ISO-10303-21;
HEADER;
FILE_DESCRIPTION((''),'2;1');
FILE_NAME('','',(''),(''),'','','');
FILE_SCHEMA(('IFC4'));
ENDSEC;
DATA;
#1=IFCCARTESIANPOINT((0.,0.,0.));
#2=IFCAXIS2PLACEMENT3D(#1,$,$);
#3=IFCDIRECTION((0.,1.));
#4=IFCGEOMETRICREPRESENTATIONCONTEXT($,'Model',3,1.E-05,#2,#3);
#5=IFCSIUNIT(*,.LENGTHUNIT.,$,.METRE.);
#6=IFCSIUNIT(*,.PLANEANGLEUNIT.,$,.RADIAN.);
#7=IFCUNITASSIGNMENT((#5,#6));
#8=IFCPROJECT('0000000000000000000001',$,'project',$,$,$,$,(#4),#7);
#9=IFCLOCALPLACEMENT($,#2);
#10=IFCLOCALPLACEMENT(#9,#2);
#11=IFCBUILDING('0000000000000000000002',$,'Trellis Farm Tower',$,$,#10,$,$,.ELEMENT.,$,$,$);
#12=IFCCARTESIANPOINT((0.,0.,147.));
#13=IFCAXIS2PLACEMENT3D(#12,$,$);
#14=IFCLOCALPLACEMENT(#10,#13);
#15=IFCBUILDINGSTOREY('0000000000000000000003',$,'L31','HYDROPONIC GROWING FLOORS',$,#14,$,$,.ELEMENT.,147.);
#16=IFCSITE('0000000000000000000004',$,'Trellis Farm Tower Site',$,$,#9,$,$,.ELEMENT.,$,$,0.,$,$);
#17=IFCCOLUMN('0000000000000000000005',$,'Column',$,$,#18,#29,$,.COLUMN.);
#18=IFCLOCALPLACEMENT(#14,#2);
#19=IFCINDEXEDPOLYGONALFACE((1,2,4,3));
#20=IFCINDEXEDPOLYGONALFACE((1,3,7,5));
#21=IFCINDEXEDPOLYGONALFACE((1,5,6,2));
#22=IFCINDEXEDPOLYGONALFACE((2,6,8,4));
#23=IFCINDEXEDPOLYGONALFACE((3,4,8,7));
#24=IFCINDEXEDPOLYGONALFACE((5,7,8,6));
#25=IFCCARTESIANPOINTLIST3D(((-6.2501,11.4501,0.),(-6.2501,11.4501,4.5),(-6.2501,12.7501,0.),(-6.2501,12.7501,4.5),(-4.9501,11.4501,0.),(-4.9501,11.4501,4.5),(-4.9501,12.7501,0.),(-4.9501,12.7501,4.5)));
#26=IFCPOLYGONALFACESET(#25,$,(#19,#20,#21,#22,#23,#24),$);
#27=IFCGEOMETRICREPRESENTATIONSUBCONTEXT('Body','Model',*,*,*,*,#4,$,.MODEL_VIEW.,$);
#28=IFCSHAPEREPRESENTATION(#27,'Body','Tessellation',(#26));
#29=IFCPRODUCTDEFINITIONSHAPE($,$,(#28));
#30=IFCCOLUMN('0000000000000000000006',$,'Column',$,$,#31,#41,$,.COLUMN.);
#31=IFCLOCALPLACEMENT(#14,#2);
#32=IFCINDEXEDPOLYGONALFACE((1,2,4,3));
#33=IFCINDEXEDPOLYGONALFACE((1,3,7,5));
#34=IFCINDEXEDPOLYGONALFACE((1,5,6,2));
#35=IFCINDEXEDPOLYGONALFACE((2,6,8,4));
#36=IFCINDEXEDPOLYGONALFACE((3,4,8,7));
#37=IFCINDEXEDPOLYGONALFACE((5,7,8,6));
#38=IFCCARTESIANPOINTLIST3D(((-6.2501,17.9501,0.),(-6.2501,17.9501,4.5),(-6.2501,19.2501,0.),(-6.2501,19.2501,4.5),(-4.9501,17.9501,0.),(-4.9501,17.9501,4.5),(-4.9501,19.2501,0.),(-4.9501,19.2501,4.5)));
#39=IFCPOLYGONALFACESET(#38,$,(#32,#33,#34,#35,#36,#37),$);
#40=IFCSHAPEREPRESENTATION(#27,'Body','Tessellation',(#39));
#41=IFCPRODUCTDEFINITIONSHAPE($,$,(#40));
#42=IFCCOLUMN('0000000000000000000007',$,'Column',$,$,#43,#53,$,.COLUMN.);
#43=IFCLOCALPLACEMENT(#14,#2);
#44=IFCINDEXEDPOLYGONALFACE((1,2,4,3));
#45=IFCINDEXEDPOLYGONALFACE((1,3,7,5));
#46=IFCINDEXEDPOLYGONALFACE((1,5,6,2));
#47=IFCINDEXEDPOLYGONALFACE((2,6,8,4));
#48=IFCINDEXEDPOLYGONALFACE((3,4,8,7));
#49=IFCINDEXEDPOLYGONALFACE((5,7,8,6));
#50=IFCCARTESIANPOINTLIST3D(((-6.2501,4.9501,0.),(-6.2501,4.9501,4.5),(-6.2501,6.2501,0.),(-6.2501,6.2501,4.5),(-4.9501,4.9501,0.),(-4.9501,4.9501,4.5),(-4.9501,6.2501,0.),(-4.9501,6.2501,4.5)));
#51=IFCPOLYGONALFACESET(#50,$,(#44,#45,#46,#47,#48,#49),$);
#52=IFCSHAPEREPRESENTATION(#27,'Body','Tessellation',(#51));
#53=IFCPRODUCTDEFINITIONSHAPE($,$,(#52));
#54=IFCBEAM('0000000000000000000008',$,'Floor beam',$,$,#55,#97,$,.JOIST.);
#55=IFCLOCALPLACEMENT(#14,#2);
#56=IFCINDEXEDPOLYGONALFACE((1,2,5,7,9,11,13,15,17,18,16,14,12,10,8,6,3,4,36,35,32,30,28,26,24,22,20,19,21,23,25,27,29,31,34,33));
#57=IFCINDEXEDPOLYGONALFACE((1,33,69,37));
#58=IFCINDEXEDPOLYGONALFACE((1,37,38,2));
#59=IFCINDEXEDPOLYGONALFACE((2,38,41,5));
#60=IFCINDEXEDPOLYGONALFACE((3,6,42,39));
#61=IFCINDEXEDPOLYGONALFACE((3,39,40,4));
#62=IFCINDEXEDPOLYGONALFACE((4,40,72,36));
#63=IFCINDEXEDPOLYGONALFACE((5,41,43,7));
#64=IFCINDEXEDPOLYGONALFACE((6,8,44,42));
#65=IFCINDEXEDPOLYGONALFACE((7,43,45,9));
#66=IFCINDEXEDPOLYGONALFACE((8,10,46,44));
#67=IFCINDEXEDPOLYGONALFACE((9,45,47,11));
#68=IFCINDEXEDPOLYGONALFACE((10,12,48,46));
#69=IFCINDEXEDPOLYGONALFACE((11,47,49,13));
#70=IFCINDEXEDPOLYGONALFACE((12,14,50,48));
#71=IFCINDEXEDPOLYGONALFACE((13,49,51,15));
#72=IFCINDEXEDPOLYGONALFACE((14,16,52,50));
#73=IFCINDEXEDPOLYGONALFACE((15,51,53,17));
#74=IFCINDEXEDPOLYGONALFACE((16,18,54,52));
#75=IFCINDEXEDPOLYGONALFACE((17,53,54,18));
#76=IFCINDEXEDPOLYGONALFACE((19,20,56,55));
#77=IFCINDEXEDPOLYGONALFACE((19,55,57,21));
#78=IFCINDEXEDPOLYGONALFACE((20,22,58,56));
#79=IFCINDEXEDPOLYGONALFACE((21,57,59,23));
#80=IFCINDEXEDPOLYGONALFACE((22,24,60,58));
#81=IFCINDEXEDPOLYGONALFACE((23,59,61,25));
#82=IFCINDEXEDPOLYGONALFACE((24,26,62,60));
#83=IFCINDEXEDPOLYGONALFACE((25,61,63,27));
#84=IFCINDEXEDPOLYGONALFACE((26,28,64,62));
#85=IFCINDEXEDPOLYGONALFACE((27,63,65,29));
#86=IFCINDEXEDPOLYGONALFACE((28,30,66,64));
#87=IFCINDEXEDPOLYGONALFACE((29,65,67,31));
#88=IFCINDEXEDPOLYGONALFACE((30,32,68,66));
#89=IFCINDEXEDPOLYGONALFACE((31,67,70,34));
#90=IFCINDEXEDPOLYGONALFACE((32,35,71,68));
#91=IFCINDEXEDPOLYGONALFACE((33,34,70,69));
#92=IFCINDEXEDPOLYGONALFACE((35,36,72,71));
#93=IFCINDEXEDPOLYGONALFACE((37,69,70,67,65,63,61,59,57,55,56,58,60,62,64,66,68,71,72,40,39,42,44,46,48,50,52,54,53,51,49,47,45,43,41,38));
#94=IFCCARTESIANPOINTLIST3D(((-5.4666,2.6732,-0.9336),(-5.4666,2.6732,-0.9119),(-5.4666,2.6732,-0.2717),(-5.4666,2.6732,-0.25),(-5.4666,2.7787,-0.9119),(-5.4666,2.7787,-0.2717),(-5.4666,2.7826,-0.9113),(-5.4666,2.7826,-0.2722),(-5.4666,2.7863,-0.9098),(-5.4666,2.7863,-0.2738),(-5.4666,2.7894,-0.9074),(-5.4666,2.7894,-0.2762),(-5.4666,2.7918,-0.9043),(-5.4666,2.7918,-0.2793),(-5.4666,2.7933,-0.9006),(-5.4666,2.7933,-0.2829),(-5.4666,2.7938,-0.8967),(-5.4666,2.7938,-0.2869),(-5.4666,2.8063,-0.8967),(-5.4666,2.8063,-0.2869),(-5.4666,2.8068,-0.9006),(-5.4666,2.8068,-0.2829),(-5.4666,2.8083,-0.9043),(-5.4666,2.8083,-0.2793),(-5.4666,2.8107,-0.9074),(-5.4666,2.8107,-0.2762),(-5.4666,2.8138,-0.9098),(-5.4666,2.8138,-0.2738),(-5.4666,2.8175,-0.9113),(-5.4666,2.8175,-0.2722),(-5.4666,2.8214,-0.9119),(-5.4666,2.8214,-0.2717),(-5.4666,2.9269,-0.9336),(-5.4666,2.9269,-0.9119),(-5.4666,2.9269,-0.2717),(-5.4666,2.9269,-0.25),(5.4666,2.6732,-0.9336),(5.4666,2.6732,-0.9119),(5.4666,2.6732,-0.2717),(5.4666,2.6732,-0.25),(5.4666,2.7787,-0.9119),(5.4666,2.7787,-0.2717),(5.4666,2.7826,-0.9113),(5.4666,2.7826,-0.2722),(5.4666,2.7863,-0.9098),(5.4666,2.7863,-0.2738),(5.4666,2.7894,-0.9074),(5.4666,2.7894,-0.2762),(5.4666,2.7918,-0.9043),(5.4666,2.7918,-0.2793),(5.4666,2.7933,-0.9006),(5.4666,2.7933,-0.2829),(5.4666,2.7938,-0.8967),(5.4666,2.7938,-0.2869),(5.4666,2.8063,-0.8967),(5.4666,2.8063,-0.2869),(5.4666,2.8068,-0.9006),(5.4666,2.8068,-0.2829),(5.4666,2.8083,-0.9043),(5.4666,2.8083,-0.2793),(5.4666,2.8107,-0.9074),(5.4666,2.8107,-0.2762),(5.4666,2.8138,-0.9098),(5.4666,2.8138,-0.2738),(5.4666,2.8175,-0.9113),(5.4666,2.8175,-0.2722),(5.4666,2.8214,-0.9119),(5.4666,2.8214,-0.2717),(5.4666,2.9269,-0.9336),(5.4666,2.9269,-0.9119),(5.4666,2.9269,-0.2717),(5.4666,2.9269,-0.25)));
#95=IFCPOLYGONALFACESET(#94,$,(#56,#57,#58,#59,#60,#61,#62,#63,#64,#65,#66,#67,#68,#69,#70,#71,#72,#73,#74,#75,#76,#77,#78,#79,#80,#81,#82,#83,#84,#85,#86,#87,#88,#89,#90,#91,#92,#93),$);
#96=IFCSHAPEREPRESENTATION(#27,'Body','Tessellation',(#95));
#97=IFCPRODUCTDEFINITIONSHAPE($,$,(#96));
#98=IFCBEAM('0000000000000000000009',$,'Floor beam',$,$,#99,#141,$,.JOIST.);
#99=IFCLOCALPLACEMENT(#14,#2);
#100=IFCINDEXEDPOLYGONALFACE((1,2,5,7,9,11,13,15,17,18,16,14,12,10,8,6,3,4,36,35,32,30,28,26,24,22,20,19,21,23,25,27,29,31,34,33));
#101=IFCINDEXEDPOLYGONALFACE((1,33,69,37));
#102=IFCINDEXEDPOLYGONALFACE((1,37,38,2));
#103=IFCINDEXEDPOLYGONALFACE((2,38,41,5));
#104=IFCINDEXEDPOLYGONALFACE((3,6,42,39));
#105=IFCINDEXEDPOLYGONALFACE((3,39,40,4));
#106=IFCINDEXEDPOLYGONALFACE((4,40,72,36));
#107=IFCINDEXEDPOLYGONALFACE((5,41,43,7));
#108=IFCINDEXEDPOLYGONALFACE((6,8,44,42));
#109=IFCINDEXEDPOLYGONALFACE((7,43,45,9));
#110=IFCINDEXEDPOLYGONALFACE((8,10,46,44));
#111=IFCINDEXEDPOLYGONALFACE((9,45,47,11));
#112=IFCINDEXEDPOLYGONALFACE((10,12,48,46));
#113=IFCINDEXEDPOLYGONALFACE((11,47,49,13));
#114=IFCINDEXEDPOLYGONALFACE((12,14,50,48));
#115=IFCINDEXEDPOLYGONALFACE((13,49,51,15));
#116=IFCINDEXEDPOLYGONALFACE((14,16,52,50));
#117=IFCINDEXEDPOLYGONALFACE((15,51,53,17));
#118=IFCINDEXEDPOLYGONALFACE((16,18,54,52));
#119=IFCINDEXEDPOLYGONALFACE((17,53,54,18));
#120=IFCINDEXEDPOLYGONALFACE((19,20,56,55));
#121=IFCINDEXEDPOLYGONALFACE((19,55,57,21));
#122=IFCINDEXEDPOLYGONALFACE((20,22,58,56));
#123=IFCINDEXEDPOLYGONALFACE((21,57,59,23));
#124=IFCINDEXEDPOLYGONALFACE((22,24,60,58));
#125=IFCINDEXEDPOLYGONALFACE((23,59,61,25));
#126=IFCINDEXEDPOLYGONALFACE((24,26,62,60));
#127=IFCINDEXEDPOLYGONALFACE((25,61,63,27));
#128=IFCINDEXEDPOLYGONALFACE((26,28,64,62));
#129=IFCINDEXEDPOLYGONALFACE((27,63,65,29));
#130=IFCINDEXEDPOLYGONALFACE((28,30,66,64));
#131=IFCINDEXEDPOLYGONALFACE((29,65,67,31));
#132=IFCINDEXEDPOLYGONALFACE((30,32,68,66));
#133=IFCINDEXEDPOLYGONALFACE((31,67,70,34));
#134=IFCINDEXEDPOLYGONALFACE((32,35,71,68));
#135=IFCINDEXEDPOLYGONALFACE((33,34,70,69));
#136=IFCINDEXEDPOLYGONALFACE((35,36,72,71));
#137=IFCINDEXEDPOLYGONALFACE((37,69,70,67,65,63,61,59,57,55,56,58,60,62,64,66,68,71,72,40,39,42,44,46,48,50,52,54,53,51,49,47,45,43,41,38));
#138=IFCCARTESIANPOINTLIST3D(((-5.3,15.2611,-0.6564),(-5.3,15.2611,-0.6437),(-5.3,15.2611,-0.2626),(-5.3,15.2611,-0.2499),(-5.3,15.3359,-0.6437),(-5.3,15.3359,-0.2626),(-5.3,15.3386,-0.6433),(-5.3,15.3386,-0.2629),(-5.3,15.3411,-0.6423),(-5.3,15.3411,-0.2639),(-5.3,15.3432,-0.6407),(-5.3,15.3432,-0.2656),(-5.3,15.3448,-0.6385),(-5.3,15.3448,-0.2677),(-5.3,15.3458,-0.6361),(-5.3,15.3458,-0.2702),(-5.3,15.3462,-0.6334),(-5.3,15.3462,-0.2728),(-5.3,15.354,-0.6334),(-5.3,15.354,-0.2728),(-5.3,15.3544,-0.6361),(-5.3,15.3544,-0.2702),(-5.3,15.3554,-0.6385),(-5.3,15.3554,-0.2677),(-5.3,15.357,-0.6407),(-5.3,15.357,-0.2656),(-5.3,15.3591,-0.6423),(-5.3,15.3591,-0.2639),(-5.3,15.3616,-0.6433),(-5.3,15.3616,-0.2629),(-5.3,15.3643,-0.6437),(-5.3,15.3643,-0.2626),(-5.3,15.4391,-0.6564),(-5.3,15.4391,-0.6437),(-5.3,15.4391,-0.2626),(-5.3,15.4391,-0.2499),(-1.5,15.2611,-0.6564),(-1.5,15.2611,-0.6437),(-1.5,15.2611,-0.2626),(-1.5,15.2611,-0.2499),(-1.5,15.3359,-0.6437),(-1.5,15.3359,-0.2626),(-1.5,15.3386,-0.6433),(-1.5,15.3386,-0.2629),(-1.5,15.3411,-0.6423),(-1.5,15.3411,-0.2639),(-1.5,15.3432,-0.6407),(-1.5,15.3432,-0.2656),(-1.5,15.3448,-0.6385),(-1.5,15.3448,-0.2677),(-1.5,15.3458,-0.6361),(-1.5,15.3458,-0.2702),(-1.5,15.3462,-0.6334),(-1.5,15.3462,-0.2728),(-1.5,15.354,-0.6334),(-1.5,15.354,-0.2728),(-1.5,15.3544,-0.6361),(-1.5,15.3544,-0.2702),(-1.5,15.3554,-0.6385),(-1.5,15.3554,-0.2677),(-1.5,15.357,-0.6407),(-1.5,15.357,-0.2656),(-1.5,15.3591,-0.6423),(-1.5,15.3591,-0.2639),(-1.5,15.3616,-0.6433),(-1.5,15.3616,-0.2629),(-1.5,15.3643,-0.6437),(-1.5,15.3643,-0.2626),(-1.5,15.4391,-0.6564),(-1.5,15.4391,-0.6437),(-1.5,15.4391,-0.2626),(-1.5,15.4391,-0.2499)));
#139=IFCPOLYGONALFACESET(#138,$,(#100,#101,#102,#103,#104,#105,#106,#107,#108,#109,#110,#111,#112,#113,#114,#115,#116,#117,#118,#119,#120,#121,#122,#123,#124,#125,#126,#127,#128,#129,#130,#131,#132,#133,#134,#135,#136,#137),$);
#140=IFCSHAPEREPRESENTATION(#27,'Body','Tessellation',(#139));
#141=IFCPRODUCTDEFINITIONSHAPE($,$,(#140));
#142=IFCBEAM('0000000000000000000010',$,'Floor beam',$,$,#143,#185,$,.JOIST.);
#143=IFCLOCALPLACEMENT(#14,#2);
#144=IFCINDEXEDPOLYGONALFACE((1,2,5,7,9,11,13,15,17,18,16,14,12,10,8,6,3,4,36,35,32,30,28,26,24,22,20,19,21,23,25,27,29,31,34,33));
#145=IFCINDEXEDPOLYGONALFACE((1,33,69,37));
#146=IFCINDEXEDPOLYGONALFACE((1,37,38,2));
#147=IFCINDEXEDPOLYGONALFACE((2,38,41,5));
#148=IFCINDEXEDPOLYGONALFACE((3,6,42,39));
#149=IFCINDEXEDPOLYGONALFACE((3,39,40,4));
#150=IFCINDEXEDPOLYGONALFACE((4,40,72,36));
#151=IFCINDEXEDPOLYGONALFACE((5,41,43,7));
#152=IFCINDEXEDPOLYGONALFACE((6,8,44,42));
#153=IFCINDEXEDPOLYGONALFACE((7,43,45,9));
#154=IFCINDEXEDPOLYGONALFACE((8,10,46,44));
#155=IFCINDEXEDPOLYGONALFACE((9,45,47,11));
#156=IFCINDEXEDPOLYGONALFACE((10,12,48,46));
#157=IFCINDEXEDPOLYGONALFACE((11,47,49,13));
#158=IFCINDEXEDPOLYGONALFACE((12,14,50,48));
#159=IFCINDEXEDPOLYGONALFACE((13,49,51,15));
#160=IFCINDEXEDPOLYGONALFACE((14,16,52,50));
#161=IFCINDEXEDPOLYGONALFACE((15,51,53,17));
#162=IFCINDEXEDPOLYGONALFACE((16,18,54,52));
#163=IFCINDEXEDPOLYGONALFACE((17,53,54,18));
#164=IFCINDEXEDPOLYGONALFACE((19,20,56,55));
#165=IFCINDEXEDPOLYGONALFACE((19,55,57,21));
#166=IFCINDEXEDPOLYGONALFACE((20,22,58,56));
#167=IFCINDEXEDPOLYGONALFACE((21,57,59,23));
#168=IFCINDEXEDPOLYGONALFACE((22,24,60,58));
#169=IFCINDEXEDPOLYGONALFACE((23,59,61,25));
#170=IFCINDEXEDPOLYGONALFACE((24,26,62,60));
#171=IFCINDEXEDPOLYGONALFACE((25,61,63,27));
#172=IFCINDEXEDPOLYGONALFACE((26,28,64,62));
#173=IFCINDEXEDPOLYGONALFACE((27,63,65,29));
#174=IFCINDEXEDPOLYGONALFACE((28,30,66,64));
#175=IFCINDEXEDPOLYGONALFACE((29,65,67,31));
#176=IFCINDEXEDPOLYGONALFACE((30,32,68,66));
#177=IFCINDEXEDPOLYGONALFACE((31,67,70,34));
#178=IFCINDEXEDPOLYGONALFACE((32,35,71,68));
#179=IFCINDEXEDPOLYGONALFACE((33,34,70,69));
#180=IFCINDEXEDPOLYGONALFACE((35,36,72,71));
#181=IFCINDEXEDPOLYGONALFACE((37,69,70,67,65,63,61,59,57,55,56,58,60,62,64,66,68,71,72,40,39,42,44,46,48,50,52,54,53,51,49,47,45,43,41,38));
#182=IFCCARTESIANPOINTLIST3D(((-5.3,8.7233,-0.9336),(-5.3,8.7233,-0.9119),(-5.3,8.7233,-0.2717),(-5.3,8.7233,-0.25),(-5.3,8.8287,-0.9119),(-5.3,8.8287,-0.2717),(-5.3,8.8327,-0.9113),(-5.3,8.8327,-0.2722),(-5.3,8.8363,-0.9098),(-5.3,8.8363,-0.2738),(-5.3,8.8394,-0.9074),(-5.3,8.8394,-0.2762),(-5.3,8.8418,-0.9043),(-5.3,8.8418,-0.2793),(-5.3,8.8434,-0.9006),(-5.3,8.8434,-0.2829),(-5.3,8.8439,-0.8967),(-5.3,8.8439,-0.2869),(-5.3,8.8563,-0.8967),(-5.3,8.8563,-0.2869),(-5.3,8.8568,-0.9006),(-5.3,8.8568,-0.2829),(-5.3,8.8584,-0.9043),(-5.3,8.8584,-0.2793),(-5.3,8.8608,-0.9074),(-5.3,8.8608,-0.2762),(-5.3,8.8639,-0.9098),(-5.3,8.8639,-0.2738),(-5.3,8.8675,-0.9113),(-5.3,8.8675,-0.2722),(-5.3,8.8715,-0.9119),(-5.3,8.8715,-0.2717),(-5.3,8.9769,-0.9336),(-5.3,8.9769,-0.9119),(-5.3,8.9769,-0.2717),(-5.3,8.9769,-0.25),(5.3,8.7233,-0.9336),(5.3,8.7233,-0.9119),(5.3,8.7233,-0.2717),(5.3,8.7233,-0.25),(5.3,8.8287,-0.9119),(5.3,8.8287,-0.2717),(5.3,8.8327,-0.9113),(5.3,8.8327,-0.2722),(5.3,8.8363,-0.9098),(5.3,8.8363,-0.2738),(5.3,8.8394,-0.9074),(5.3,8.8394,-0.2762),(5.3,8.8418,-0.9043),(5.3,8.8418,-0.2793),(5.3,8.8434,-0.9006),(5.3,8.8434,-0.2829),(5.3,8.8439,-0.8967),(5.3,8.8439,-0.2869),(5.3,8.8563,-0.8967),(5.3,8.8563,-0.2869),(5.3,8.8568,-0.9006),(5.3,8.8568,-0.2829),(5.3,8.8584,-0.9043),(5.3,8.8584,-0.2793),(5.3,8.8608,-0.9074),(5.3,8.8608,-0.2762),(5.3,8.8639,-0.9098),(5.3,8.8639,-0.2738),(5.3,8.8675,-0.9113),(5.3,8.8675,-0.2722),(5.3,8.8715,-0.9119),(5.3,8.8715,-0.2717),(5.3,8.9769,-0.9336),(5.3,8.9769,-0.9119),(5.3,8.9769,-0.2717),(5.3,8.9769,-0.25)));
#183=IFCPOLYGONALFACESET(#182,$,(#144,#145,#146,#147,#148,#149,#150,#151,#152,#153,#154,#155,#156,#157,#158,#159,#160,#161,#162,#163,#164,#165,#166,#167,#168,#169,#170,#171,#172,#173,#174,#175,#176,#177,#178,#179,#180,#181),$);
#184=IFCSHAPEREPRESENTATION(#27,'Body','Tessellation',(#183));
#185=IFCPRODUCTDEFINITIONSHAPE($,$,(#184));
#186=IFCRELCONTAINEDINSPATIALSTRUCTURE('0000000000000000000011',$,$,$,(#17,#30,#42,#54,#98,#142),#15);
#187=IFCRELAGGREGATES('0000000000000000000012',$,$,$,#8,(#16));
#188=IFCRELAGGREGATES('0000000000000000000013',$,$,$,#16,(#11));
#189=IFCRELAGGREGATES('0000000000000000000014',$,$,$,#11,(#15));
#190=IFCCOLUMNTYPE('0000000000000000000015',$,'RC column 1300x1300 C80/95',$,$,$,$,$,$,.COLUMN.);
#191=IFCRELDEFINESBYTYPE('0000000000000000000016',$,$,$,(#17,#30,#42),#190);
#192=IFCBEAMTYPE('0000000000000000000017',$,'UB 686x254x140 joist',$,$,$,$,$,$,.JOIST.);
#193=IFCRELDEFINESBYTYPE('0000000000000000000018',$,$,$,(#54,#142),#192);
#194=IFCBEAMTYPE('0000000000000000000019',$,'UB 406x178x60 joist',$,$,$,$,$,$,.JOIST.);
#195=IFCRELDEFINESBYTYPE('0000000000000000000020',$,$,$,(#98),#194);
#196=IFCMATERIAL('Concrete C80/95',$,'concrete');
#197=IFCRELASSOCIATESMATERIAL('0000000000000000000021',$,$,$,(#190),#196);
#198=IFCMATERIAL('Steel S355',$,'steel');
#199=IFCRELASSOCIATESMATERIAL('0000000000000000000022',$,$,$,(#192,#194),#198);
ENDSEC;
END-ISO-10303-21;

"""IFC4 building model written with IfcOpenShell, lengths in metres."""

from ifc_helpers import new_model, si_unit, direction, frame, origin, origin_2d, place, context, subcontext, project, spatial, rectangle, i_section, extrude, source, transform, mapped, material, material_profile, profile_set, type_object, element, save


model = new_model("IFC4")

# Units and contexts
model_context = context("Model", 3, precision=1e-05, world=origin(), true_north=direction((0.0, 1.0)))
body_context = subcontext(model_context, "Body", "Model", "MODEL_VIEW")
ifc_project = project(units=[si_unit("LENGTHUNIT", "METRE"), si_unit("PLANEANGLEUNIT", "RADIAN")], contexts=[model_context])

# Site, building, storey
site_placement = place(None, origin())
site = spatial("IfcSite", under=ifc_project, at=site_placement, Name="Trellis Farm Tower Site", CompositionType="ELEMENT", RefElevation=0.0)
building_placement = place(site_placement, origin())
building = spatial("IfcBuilding", under=site, at=building_placement, Name="Trellis Farm Tower", CompositionType="ELEMENT")
storey_placement = place(building_placement, frame((0.0, 0.0, 147.0)))
storey = spatial("IfcBuildingStorey", under=building, at=storey_placement, Name="L31", Description="HYDROPONIC GROWING FLOORS", CompositionType="ELEMENT", Elevation=147.0)

# Columns
ifc_material_1 = material(Name="Concrete C80/95", Category="concrete")
ifc_material_profile_1 = material_profile(ifc_material_1, rectangle(XDim=1.3, YDim=1.3, at=origin_2d()), Name="RC column 1300x1300 C80/95")
ifc_profile_set_1 = profile_set([ifc_material_profile_1], Name="Concrete C80/95")
column_type = type_object("IfcColumnType", Name="RC column 1300x1300 C80/95", PredefinedType="COLUMN", material=ifc_profile_set_1)
shared_shape_1 = source(origin(), body_context, "Body", "SweptSolid", [
    extrude(rectangle(XDim=1.3, YDim=1.3, at=origin_2d()), origin(), (0.0, 0.0, 1.0), 4.5),
])
for number, where, z_axis, x_axis, name in (
    (1, (-5.6001, 12.1001, 0.0), (0.0, 0.0, 1.0), (1.0, 0.0, 0.0), "Column"),
    (2, (-5.6001, 18.6001, 0.0), (0.0, 0.0, 1.0), (1.0, 0.0, 0.0), "Column"),
    (3, (-5.6001, 5.6001, 0.0), (0.0, 0.0, 1.0), (1.0, 0.0, 0.0), "Column"),
):
    element("IfcColumn", number, at=place(storey_placement, frame(where, z_axis=z_axis, x_axis=x_axis)), inside=storey, type_object=column_type, Name=name, PredefinedType="COLUMN", context=body_context, shape_type="MappedRepresentation", body=[
        mapped(shared_shape_1, transform((0.0, 0.0, 0.0))),
    ])

# Beams
ifc_material_2 = material(Name="Steel S355", Category="steel")
ifc_material_profile_2 = material_profile(ifc_material_2, i_section(OverallWidth=0.2537, OverallDepth=0.6836, WebThickness=0.0125, FlangeThickness=0.0217, FilletRadius=0.0151, at=origin_2d()), Name="UB 686x254x140")
ifc_profile_set_2 = profile_set([ifc_material_profile_2], Name="Steel S355")
beam_type_1 = type_object("IfcBeamType", Name="UB 686x254x140 joist", PredefinedType="JOIST", material=ifc_profile_set_2)
shared_shape_2 = source(origin(), body_context, "Body", "SweptSolid", [
    extrude(i_section(OverallWidth=0.2537, OverallDepth=0.6836, WebThickness=0.0125, FlangeThickness=0.0217, FilletRadius=0.0151, at=origin_2d()), origin(), (0.0, 0.0, 1.0), 10.9331),
])
beam_1_placement = place(storey_placement, frame((-5.4666, 2.8, -0.5918), z_axis=(1.0, 0.0, 0.0), x_axis=(0.0, 1.0, 0.0)))
element("IfcBeam", 4, at=beam_1_placement, inside=storey, type_object=beam_type_1, Name="Floor beam", PredefinedType="JOIST", context=body_context, shape_type="MappedRepresentation", body=[
    mapped(shared_shape_2, transform((0.0, 0.0, 0.0))),
])
ifc_material_profile_3 = material_profile(ifc_material_2, i_section(OverallWidth=0.178, OverallDepth=0.4065, WebThickness=0.0078, FlangeThickness=0.0127, FilletRadius=0.0103, at=origin_2d()), Name="UB 406x178x60")
ifc_profile_set_3 = profile_set([ifc_material_profile_3], Name="Steel S355")
beam_type_2 = type_object("IfcBeamType", Name="UB 406x178x60 joist", PredefinedType="JOIST", material=ifc_profile_set_3)
shared_shape_3 = source(origin(), body_context, "Body", "SweptSolid", [
    extrude(i_section(OverallWidth=0.178, OverallDepth=0.4065, WebThickness=0.0078, FlangeThickness=0.0127, FilletRadius=0.0103, at=origin_2d()), origin(), (0.0, 0.0, 1.0), 3.8),
])
beam_2_placement = place(storey_placement, frame((-5.3, 15.3501, -0.4531), z_axis=(1.0, 0.0, 0.0), x_axis=(0.0, 1.0, 0.0)))
element("IfcBeam", 5, at=beam_2_placement, inside=storey, type_object=beam_type_2, Name="Floor beam", PredefinedType="JOIST", context=body_context, shape_type="MappedRepresentation", body=[
    mapped(shared_shape_3, transform((0.0, 0.0, 0.0))),
])
shared_shape_4 = source(origin(), body_context, "Body", "SweptSolid", [
    extrude(i_section(OverallWidth=0.2537, OverallDepth=0.6836, WebThickness=0.0125, FlangeThickness=0.0217, FilletRadius=0.0151, at=origin_2d()), origin(), (0.0, 0.0, 1.0), 10.6001),
])
beam_3_placement = place(storey_placement, frame((-5.3, 8.8501, -0.5918), z_axis=(1.0, 0.0, 0.0), x_axis=(0.0, 1.0, 0.0)))
element("IfcBeam", 6, at=beam_3_placement, inside=storey, type_object=beam_type_1, Name="Floor beam", PredefinedType="JOIST", context=body_context, shape_type="MappedRepresentation", body=[
    mapped(shared_shape_4, transform((0.0, 0.0, 0.0))),
])

save(model, "model.ifc")
